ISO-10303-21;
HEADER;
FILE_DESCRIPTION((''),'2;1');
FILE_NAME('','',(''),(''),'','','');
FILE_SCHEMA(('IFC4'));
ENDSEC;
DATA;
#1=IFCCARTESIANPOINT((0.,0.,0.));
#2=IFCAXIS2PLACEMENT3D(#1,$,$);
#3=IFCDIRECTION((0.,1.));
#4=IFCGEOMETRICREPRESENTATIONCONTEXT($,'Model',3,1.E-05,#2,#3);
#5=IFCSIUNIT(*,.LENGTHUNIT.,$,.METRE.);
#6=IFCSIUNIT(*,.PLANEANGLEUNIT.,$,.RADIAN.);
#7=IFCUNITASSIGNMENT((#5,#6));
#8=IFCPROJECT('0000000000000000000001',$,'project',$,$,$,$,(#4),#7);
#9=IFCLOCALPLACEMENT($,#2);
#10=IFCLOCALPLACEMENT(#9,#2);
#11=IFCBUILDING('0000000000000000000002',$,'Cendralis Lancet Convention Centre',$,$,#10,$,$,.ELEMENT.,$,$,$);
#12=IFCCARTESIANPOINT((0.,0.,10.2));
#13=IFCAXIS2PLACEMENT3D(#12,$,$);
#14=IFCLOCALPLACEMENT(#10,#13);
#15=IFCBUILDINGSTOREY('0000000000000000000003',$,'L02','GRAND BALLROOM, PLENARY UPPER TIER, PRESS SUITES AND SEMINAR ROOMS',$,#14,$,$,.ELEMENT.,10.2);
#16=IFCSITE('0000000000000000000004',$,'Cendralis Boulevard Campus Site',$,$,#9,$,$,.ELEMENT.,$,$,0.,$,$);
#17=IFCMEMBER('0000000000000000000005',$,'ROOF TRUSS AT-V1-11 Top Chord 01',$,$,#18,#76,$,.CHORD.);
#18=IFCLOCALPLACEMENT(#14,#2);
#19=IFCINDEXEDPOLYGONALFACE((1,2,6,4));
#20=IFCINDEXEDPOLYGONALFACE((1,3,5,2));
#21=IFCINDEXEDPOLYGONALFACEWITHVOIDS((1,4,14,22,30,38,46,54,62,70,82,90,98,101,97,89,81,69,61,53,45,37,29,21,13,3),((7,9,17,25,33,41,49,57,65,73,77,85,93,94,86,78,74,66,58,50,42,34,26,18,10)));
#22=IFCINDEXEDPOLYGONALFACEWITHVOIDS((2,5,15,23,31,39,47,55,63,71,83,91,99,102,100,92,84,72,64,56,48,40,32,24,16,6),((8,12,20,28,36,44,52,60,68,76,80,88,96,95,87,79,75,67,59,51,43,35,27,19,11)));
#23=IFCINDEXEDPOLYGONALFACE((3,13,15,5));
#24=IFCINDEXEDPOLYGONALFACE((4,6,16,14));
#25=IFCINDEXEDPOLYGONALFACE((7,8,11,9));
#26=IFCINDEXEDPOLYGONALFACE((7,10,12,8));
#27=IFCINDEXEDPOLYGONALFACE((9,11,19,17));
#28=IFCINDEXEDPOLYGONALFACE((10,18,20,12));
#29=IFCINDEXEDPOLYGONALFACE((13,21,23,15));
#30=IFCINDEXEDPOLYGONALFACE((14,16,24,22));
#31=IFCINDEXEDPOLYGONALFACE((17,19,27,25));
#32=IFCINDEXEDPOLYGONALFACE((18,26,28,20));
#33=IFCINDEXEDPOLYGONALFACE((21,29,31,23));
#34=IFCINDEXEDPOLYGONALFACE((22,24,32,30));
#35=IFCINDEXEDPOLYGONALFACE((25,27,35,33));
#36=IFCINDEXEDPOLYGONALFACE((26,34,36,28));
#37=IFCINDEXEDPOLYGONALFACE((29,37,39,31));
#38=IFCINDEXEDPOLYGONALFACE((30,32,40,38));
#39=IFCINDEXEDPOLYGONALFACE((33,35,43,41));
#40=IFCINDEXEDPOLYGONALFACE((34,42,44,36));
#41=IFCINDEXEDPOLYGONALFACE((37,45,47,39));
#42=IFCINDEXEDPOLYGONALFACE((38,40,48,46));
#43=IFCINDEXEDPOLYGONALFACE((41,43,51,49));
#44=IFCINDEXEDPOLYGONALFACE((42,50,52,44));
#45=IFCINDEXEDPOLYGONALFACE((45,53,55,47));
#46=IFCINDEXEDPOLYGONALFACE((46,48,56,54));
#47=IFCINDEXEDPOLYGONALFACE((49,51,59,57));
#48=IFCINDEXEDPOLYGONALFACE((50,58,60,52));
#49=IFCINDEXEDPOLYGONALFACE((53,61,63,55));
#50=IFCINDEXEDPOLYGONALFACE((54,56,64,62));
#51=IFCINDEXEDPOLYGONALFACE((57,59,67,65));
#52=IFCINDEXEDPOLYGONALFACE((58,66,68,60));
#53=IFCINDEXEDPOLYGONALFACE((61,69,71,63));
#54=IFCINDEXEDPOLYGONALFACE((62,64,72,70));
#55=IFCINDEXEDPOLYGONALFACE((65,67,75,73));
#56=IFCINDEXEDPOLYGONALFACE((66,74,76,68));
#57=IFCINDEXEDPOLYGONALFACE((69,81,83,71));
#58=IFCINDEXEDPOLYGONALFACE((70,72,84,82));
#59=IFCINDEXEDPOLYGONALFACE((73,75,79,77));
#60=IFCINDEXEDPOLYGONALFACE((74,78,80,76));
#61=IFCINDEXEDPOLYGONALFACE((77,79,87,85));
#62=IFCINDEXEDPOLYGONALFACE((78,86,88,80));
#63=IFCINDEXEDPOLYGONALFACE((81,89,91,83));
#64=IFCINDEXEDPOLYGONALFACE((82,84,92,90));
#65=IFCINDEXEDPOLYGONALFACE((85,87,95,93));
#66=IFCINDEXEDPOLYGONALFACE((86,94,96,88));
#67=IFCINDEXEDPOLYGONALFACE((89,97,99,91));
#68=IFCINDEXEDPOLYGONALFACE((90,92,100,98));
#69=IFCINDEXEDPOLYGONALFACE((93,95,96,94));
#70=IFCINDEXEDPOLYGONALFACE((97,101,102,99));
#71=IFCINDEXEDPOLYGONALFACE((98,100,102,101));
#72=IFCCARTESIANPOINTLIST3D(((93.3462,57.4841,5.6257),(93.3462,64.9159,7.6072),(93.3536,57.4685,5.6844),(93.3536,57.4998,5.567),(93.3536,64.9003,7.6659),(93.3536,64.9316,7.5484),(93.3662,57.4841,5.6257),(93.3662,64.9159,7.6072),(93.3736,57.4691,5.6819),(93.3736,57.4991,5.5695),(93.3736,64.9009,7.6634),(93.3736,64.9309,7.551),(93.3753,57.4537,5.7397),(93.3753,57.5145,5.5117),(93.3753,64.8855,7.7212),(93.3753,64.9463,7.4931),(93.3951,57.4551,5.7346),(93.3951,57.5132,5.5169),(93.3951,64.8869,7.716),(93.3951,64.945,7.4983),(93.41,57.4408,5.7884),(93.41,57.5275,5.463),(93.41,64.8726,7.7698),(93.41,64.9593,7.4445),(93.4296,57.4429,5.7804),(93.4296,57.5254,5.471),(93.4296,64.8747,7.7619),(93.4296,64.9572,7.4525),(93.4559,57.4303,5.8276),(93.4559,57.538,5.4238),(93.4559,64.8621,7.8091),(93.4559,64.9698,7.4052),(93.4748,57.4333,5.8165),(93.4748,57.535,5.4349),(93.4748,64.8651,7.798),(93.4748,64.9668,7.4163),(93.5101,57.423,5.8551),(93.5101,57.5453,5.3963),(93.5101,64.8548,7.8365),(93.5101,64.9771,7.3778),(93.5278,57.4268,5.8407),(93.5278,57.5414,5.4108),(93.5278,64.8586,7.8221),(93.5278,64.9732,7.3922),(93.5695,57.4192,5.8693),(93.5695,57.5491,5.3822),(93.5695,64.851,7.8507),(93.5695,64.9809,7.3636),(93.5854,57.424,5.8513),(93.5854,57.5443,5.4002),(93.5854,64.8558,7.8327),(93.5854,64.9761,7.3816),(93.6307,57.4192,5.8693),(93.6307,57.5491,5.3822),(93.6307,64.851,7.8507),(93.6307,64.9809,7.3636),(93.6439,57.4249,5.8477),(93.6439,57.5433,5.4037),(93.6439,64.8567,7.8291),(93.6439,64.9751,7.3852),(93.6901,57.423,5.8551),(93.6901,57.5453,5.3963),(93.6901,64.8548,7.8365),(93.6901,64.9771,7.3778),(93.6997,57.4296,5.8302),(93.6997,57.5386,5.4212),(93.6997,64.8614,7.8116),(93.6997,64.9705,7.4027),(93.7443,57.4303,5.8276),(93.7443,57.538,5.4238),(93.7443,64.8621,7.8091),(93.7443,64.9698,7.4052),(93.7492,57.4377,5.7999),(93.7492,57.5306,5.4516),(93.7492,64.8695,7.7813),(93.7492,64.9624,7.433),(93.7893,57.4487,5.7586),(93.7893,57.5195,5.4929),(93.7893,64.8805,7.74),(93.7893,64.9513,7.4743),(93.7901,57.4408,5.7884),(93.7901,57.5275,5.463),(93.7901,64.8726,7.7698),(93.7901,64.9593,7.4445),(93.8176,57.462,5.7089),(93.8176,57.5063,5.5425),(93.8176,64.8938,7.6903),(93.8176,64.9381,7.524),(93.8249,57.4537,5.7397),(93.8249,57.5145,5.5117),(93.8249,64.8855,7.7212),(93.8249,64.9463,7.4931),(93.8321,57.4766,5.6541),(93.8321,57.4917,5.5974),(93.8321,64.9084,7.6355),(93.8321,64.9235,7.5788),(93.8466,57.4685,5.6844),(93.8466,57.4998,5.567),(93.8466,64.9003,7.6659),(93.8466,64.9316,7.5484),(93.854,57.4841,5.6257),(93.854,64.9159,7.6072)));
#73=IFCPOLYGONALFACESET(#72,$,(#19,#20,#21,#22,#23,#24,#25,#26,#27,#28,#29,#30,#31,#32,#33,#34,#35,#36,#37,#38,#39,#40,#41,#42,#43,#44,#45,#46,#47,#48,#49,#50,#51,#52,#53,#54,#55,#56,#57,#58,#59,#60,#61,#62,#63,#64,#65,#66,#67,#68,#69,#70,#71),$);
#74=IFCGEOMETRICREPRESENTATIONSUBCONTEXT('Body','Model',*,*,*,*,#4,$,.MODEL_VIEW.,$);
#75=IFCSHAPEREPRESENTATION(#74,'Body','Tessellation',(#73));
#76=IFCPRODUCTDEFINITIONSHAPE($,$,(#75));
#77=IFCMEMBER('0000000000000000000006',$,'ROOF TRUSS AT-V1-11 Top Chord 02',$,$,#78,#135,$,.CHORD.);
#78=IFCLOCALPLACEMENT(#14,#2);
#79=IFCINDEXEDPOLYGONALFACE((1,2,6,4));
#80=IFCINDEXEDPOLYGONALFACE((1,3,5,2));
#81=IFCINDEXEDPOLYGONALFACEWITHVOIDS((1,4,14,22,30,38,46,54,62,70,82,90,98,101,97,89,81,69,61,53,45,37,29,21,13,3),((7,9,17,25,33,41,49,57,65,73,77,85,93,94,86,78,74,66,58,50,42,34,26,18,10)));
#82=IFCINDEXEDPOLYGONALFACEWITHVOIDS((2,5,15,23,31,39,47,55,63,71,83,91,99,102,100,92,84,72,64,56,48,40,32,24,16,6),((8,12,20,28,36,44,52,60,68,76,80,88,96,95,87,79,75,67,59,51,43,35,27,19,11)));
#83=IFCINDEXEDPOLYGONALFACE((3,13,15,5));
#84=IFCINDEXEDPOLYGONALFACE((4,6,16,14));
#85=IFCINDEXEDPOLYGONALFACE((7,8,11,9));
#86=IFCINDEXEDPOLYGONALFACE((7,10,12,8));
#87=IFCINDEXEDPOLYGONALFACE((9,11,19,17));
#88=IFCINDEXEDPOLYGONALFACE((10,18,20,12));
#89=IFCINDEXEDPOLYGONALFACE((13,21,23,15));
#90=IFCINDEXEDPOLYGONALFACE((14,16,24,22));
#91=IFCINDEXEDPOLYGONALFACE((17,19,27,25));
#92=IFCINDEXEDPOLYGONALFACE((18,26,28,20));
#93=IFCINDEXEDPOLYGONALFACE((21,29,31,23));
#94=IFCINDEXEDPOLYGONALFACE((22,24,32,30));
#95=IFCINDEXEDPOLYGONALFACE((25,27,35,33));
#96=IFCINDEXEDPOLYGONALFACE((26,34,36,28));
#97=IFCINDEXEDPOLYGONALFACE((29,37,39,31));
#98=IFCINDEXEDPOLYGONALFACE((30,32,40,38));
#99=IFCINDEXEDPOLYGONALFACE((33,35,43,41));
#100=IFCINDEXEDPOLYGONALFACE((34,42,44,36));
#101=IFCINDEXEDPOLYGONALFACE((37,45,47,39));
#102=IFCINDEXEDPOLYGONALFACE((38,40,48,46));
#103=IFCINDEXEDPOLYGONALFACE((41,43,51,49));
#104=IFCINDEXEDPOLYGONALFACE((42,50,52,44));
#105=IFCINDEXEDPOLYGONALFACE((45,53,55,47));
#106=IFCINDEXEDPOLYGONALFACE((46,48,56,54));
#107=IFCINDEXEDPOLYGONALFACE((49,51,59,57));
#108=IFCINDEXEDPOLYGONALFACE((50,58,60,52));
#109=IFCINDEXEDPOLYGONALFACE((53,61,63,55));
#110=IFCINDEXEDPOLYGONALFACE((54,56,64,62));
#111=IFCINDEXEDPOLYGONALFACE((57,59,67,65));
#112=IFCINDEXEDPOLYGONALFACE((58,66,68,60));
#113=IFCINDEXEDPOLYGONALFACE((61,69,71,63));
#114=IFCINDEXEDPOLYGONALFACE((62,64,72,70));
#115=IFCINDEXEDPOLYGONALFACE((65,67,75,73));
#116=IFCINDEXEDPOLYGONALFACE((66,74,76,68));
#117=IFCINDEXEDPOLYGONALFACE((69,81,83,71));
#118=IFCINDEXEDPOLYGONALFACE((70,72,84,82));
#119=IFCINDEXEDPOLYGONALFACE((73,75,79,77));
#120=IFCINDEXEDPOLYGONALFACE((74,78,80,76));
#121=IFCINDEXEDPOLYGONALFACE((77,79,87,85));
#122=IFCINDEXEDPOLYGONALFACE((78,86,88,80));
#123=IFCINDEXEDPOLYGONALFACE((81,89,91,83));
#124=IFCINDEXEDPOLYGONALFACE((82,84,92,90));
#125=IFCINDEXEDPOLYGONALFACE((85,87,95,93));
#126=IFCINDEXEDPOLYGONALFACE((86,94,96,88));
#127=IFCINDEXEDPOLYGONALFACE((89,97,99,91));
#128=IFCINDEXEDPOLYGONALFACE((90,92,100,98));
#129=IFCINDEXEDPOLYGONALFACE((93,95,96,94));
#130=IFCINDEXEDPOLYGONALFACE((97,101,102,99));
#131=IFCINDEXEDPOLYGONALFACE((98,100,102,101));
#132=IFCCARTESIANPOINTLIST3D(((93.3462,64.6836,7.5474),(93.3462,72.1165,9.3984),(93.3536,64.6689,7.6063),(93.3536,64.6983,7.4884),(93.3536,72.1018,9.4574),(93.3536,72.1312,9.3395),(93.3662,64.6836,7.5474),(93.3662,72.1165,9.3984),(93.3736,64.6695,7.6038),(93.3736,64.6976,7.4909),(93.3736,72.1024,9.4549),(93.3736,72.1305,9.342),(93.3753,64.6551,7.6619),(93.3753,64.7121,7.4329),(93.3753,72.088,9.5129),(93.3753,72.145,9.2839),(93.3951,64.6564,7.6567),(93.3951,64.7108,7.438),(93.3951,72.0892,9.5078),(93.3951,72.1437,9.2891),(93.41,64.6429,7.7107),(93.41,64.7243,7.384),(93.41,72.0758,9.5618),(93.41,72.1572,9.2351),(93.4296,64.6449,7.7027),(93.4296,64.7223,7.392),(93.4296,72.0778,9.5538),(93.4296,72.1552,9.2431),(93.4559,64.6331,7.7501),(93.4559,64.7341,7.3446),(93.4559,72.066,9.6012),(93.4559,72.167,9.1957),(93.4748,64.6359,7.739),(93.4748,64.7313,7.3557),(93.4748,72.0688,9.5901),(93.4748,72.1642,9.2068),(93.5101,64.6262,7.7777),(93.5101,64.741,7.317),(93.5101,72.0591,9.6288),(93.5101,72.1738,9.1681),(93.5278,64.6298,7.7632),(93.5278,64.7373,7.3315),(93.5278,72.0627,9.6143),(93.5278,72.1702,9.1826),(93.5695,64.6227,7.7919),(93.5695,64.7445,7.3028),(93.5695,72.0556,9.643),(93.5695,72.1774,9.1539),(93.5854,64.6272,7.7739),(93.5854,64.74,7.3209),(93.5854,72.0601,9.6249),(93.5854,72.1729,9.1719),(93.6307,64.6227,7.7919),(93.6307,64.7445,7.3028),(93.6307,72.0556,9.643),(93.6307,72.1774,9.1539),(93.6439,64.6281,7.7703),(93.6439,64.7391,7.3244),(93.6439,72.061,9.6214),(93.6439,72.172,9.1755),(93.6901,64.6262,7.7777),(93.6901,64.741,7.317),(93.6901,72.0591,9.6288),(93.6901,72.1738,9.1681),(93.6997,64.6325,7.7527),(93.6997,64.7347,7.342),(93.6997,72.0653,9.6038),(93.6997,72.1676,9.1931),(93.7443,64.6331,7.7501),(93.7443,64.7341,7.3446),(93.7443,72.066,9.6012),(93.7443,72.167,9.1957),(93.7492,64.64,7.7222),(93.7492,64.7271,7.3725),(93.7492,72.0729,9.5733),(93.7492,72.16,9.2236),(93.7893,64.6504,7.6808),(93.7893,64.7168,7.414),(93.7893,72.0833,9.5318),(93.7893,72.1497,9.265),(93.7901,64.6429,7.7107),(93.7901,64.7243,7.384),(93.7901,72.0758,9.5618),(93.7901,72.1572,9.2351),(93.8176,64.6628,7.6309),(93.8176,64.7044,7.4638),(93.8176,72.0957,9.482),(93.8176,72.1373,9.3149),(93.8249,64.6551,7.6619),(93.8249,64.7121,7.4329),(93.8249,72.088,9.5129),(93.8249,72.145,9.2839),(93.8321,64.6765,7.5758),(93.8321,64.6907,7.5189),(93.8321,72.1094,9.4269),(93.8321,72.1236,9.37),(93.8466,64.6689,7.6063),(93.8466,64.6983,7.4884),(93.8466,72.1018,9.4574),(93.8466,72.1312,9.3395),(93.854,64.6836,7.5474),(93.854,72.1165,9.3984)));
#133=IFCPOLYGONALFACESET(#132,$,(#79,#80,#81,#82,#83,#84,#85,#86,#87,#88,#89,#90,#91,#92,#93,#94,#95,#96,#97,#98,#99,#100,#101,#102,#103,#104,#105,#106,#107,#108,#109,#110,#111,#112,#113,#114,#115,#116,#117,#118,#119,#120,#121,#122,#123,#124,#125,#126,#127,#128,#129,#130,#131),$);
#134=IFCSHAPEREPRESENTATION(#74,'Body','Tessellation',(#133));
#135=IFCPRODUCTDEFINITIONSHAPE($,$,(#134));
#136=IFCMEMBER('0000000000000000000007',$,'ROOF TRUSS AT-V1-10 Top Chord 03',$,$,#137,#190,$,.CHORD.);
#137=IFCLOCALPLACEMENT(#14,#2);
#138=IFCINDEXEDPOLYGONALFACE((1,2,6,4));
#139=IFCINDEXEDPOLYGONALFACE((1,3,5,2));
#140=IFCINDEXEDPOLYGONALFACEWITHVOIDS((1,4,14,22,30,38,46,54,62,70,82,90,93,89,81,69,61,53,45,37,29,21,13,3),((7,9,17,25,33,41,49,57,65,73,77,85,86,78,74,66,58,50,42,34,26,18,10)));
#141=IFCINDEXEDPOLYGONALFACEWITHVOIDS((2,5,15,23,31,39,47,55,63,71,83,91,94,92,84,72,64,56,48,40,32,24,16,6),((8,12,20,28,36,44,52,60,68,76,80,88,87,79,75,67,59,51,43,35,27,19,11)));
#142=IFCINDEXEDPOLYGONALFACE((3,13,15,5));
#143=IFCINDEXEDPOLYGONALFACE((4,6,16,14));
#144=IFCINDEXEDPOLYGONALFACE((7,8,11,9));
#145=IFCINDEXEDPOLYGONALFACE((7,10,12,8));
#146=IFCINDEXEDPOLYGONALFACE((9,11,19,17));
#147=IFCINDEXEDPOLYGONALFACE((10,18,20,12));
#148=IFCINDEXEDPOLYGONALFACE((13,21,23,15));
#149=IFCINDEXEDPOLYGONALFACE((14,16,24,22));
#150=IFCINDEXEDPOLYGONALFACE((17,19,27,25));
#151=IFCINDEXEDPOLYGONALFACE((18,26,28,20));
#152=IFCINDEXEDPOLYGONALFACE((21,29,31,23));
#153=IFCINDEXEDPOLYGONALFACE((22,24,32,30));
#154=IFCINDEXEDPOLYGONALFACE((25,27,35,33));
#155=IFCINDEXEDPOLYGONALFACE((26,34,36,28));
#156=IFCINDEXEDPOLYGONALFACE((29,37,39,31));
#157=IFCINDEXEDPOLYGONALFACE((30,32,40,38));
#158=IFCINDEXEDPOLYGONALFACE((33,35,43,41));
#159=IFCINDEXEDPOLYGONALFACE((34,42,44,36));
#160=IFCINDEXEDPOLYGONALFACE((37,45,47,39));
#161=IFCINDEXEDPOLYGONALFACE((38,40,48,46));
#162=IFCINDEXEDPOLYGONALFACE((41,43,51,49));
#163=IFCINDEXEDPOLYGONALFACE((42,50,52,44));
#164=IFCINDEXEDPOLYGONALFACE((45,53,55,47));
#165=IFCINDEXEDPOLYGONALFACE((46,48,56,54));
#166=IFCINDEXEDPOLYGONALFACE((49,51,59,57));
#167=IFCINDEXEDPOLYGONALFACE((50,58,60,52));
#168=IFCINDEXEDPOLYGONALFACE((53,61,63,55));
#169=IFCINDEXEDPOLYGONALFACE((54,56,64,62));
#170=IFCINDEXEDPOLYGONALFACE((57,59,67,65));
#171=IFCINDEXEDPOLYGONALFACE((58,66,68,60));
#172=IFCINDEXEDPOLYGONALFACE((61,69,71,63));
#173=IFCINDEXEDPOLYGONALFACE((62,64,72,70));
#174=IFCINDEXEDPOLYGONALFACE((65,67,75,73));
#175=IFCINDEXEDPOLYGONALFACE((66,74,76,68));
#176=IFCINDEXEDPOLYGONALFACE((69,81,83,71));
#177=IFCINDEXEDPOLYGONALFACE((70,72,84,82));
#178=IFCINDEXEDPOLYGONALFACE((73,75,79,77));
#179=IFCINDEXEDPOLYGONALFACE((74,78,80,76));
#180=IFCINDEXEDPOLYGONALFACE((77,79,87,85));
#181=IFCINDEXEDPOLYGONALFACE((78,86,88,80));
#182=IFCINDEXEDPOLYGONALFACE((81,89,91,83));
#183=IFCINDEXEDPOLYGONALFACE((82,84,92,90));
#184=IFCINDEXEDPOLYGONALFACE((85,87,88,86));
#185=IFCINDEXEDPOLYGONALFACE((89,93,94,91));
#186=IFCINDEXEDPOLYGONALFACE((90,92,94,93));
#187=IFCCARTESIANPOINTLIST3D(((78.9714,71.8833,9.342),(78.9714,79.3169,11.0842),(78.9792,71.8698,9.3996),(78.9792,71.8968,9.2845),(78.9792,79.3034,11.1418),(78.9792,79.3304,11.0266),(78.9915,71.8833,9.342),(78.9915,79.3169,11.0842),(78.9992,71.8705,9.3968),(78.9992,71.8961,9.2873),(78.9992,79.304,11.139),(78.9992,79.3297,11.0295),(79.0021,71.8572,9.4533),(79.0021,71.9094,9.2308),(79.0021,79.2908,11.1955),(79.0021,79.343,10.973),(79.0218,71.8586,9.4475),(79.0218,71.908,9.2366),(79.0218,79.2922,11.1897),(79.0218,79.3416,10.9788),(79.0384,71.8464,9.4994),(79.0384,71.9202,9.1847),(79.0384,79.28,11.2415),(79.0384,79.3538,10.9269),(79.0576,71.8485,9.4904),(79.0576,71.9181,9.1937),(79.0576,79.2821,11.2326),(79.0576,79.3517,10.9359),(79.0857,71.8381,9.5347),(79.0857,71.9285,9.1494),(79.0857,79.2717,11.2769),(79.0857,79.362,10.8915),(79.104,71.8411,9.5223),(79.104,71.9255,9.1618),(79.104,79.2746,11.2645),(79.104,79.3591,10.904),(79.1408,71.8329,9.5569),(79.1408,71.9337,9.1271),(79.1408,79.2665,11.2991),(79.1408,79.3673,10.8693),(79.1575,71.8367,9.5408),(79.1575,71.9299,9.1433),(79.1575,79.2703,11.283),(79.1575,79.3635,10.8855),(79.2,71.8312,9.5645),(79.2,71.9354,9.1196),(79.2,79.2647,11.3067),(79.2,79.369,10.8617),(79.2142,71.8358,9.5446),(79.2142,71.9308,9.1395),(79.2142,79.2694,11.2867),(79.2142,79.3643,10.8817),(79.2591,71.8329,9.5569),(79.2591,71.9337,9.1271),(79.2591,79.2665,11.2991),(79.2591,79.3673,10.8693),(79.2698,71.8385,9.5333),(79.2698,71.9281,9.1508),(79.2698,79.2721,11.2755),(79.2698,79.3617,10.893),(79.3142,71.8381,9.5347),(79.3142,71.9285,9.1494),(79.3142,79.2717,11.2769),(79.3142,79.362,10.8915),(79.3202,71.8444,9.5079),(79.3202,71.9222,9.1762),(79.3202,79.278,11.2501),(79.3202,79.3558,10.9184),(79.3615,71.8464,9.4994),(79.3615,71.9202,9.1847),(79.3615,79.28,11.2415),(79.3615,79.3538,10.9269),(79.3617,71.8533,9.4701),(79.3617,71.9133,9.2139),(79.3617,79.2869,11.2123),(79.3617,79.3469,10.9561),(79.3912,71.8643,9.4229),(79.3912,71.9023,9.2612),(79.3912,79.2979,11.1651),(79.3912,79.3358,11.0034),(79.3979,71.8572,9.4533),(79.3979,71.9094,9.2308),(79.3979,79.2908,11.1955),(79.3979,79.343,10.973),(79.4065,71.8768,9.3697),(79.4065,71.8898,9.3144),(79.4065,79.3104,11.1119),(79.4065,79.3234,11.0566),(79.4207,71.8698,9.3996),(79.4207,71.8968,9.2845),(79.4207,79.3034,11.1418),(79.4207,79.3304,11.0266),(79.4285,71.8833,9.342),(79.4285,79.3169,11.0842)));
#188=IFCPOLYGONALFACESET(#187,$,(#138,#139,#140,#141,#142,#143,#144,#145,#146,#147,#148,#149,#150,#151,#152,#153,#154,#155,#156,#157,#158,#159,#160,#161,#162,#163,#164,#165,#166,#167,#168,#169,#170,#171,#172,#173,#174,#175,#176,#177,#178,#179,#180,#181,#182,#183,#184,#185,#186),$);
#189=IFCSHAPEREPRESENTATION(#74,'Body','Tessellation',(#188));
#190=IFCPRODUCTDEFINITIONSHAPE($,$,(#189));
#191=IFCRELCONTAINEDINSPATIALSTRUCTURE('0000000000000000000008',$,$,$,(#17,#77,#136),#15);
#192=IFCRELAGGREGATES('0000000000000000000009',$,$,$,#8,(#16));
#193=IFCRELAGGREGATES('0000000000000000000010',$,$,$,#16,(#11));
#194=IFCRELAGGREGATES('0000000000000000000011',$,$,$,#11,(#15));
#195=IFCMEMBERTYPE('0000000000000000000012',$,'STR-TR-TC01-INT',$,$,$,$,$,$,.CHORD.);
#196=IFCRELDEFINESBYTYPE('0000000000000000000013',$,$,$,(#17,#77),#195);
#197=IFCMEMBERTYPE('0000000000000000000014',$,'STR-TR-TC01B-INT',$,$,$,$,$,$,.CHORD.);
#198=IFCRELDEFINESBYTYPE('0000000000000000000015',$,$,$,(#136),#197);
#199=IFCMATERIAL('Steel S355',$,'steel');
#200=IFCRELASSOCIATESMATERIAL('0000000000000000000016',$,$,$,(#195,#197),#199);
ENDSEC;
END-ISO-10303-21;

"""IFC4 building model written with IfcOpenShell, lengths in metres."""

from ifc_helpers import new_model, si_unit, direction, frame, origin, origin_2d, place, context, subcontext, project, spatial, hollow_circle, extrude, material, material_profile, profile_set, type_object, element, save


model = new_model("IFC4")

# Units and contexts
model_context = context("Model", 3, precision=1e-05, world=origin(), true_north=direction((0.0, 1.0)))
body_context = subcontext(model_context, "Body", "Model", "MODEL_VIEW")
ifc_project = project(units=[si_unit("LENGTHUNIT", "METRE"), si_unit("PLANEANGLEUNIT", "RADIAN")], contexts=[model_context])

# Site, building, storey
site_placement = place(None, origin())
site = spatial("IfcSite", under=ifc_project, at=site_placement, Name="Cendralis Boulevard Campus Site", CompositionType="ELEMENT", RefElevation=0.0)
building_placement = place(site_placement, origin())
building = spatial("IfcBuilding", under=site, at=building_placement, Name="Cendralis Lancet Convention Centre", CompositionType="ELEMENT")
storey_placement = place(building_placement, frame((0.0, 0.0, 10.2)))
storey = spatial("IfcBuildingStorey", under=building, at=storey_placement, Name="L02", Description="GRAND BALLROOM, PLENARY UPPER TIER, PRESS SUITES AND SEMINAR ROOMS", CompositionType="ELEMENT", Elevation=10.2)

# Members
ifc_material = material(Name="Steel S355", Category="steel")
ifc_material_profile_1 = material_profile(ifc_material, hollow_circle(Radius=0.2539, WallThickness=0.02, at=origin_2d()), Name="CHS 508.0x20.0")
ifc_profile_set_1 = profile_set([ifc_material_profile_1], Name="Steel S355")
member_type_1 = type_object("IfcMemberType", Name="STR-TR-TC01-INT", PredefinedType="CHORD", material=ifc_profile_set_1)
member_1_placement = place(storey_placement, frame((93.6001, 57.4841, 5.6257), z_axis=(0.0, 0.966248, 0.257615), x_axis=(-1.0, 0.0, 0.0)))
element("IfcMember", 1, at=member_1_placement, inside=storey, type_object=member_type_1, Name="ROOF TRUSS AT-V1-11 Top Chord 01", PredefinedType="CHORD", context=body_context, shape_type="SweptSolid", body=[
    extrude(hollow_circle(Radius=0.2539, WallThickness=0.02, at=origin_2d()), origin(), (0.0, 0.0, 1.0), 7.6914),
])
member_2_placement = place(storey_placement, frame((93.6001, 64.6836, 7.5474), z_axis=(0.0, 0.970361, 0.241658), x_axis=(-1.0, 0.0, 0.0)))
element("IfcMember", 2, at=member_2_placement, inside=storey, type_object=member_type_1, Name="ROOF TRUSS AT-V1-11 Top Chord 02", PredefinedType="CHORD", context=body_context, shape_type="SweptSolid", body=[
    extrude(hollow_circle(Radius=0.2539, WallThickness=0.02, at=origin_2d()), origin(), (0.0, 0.0, 1.0), 7.6599),
])
ifc_material_profile_2 = material_profile(ifc_material, hollow_circle(Radius=0.2285, WallThickness=0.02, at=origin_2d()), Name="CHS 457.0x20.0")
ifc_profile_set_2 = profile_set([ifc_material_profile_2], Name="Steel S355")
member_type_2 = type_object("IfcMemberType", Name="STR-TR-TC01B-INT", PredefinedType="CHORD", material=ifc_profile_set_2)
member_3_placement = place(storey_placement, frame((79.2, 71.8833, 9.342), z_axis=(0.0, 0.973618, 0.228184), x_axis=(-1.0, 0.0, 0.0)))
element("IfcMember", 3, at=member_3_placement, inside=storey, type_object=member_type_2, Name="ROOF TRUSS AT-V1-10 Top Chord 03", PredefinedType="CHORD", context=body_context, shape_type="SweptSolid", body=[
    extrude(hollow_circle(Radius=0.2285, WallThickness=0.02, at=origin_2d()), origin(), (0.0, 0.0, 1.0), 7.635),
])

save(model, "model.ifc")
